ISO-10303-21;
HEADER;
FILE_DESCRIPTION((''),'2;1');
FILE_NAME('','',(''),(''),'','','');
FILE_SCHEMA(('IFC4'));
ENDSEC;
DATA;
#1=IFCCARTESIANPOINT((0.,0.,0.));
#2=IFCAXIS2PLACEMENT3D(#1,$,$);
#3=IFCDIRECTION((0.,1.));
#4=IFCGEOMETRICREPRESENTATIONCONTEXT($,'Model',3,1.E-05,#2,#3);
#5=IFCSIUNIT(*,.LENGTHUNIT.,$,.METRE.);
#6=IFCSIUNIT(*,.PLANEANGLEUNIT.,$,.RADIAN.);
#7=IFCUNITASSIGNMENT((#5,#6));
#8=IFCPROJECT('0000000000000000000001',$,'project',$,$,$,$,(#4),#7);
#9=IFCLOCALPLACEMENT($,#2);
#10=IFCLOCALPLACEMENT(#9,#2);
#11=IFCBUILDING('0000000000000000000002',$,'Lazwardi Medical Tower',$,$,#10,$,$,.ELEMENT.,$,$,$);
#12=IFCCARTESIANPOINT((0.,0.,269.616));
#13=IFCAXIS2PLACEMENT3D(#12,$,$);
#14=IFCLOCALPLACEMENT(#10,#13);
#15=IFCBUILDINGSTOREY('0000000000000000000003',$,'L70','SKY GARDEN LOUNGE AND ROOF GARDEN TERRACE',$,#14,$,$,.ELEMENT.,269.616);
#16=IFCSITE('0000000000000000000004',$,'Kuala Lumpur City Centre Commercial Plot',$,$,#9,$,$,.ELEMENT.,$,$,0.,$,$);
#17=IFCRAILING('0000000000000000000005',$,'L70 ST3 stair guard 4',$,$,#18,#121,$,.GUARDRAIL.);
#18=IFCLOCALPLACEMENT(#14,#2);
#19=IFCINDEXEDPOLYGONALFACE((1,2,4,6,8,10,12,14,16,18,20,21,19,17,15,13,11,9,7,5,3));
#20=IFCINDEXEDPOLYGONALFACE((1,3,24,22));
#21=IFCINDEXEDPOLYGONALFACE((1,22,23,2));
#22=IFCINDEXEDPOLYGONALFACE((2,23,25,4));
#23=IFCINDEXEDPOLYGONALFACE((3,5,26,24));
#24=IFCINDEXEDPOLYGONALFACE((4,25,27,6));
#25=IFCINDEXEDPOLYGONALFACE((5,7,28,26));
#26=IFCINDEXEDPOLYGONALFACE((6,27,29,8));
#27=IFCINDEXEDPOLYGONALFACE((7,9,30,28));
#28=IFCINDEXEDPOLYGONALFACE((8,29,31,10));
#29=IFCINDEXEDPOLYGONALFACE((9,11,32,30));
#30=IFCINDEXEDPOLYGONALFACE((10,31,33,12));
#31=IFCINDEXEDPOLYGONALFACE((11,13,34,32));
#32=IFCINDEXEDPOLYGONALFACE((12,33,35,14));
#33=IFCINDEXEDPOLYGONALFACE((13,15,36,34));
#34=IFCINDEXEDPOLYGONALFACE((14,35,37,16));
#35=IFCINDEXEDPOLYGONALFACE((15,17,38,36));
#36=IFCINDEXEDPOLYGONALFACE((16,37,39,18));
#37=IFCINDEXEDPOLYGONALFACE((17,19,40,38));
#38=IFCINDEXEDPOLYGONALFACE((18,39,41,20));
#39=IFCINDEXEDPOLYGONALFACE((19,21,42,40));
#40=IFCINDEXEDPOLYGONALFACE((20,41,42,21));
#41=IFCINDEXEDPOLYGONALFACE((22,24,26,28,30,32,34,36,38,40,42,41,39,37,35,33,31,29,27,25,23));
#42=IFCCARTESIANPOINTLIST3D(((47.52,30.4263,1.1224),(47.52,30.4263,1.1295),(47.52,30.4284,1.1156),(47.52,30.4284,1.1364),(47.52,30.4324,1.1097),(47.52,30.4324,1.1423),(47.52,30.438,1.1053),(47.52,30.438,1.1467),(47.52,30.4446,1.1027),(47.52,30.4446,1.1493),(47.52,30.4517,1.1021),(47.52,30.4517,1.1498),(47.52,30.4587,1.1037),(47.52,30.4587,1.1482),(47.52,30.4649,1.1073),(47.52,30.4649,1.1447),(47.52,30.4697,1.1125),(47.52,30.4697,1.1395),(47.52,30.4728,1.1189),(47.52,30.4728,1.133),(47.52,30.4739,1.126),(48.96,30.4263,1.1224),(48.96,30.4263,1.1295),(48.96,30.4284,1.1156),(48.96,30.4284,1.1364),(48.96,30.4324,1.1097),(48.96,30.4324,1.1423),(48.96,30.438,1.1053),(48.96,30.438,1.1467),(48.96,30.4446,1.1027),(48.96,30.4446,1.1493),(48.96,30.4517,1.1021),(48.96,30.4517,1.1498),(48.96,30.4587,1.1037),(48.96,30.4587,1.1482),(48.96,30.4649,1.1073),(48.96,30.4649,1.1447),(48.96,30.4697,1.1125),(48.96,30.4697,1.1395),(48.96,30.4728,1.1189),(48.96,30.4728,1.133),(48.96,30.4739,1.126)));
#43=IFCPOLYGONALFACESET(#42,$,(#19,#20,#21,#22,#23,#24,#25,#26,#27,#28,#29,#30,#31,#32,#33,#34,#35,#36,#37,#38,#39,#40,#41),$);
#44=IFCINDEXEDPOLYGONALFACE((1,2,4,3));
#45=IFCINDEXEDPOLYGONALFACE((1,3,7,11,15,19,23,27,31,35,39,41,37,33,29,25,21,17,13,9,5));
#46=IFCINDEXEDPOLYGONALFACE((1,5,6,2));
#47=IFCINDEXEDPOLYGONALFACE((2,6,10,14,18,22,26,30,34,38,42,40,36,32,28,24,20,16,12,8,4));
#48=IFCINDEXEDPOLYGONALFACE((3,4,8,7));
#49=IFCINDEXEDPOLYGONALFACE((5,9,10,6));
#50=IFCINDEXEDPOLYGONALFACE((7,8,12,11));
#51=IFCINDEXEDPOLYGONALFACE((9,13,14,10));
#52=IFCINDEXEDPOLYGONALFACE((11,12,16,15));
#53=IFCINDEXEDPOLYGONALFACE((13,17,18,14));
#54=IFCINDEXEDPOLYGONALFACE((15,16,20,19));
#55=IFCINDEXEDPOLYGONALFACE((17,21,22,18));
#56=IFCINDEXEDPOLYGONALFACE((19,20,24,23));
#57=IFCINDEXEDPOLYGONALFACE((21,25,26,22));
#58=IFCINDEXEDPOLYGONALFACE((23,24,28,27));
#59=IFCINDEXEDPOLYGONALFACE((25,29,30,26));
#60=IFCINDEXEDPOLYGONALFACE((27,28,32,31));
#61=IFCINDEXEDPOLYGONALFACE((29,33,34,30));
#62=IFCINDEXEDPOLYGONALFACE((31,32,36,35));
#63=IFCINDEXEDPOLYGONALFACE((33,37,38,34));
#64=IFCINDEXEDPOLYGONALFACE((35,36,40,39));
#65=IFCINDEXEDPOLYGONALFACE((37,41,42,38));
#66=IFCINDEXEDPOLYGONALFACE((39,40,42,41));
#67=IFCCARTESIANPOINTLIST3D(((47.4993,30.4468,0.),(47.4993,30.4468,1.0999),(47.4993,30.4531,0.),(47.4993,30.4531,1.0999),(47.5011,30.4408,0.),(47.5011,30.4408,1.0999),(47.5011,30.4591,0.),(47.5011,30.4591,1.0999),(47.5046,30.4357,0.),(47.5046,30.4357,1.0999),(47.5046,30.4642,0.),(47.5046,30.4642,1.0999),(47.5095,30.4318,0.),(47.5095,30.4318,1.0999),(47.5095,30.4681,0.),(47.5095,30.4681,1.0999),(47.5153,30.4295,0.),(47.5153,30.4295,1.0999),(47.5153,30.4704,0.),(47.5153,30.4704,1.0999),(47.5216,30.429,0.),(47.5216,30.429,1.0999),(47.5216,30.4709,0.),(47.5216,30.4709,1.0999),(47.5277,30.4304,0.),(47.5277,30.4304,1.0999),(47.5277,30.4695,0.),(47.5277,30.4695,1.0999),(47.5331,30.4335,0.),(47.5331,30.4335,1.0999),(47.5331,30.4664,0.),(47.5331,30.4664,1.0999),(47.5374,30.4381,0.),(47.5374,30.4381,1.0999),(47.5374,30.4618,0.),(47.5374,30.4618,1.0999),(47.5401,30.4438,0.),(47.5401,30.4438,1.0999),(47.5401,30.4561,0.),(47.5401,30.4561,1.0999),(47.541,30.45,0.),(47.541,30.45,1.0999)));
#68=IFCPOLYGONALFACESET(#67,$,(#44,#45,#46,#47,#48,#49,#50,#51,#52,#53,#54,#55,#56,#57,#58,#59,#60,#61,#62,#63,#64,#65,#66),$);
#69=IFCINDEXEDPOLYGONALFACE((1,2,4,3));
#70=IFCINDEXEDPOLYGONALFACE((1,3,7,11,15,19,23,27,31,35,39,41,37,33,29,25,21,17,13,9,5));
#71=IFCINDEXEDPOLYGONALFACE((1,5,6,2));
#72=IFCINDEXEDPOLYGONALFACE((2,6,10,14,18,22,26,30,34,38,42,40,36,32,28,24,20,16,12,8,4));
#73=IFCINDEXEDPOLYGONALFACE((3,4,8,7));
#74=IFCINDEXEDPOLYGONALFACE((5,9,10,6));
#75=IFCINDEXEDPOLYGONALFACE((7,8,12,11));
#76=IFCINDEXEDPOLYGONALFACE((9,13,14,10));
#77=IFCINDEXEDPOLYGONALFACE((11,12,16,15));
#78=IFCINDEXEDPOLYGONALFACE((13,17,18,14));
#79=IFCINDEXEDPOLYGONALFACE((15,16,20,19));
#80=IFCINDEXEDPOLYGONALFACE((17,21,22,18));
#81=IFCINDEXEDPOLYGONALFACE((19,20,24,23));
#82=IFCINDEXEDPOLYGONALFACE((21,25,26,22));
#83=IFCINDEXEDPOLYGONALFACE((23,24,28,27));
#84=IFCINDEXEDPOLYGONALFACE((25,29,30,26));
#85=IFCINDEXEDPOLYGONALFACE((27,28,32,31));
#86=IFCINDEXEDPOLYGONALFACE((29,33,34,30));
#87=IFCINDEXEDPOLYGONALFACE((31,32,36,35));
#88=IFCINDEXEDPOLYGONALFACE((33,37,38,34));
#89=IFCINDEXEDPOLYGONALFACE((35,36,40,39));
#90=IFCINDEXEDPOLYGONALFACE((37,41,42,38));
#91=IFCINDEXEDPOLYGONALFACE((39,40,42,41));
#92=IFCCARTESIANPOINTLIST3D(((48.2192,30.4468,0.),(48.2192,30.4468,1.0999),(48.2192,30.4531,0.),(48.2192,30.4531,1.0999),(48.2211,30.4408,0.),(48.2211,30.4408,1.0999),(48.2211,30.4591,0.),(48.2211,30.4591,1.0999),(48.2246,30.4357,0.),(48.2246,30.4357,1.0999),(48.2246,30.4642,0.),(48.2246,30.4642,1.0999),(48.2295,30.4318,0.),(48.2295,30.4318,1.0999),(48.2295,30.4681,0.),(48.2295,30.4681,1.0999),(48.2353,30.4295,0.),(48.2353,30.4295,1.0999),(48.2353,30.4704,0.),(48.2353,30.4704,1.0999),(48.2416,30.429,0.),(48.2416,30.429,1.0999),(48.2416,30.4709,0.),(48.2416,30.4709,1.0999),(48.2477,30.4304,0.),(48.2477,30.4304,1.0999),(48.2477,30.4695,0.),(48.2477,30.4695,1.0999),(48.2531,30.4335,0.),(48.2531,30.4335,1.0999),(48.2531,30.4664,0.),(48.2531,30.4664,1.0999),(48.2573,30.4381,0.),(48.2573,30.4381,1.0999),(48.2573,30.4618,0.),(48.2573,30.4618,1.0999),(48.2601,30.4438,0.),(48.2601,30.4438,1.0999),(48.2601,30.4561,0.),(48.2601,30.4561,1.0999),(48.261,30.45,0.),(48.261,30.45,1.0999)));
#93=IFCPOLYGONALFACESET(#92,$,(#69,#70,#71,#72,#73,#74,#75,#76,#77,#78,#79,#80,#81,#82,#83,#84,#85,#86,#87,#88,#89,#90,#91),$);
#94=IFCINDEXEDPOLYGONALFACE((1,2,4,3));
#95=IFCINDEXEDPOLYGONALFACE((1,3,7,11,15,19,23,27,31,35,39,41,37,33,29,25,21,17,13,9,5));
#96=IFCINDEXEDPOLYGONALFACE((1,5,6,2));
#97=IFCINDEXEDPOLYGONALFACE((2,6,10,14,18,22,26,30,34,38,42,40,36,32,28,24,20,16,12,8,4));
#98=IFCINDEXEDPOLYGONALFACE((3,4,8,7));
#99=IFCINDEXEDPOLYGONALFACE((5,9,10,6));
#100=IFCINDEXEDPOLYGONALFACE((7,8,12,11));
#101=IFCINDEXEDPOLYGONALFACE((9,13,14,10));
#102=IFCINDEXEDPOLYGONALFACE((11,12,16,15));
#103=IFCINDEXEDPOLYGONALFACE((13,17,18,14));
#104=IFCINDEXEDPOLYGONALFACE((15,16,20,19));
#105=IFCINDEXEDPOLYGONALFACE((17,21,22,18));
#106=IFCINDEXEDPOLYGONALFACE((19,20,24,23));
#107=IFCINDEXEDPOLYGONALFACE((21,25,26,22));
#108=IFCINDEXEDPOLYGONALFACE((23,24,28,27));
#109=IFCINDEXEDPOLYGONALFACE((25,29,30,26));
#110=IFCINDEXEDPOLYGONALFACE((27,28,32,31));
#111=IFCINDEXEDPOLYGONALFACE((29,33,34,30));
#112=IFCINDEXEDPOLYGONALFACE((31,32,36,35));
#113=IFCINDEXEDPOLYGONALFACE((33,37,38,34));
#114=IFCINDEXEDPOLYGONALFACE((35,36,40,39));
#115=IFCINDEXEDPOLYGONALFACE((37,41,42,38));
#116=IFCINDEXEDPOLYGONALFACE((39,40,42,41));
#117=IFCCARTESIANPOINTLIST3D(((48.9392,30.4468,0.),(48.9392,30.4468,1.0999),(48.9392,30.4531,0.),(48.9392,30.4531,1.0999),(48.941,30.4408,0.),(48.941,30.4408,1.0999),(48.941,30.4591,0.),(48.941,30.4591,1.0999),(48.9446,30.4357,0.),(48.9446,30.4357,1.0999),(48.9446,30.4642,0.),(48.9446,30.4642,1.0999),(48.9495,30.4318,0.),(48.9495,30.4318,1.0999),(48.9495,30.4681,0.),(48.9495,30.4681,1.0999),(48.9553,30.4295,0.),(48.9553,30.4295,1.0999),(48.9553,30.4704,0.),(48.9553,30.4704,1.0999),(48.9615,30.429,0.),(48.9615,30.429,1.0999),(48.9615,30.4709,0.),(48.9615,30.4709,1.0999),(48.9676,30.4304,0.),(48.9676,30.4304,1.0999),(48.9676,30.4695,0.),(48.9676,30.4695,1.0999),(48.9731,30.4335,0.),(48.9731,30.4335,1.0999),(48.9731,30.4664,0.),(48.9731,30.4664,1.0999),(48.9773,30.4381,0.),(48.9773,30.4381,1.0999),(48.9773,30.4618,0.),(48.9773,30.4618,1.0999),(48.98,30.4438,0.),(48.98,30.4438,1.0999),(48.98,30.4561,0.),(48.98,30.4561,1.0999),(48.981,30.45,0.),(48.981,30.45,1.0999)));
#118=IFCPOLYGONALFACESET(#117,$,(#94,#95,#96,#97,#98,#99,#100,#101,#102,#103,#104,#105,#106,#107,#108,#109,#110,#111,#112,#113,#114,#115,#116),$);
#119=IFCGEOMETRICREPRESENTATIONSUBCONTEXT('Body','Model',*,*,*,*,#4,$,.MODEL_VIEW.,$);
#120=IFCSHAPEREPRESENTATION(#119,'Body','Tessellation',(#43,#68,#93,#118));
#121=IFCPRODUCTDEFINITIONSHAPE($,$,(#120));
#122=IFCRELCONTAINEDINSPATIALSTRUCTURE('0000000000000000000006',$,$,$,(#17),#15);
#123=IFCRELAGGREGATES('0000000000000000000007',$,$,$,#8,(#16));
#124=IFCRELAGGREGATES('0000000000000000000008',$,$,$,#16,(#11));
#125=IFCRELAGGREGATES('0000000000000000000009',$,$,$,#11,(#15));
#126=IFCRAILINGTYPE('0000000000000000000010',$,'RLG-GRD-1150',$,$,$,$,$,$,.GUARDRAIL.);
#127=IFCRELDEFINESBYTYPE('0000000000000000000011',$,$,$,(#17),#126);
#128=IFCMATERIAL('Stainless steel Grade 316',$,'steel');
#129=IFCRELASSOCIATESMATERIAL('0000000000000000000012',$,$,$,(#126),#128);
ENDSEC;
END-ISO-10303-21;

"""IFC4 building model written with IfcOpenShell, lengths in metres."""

from ifc_helpers import new_model, si_unit, direction, frame, origin, origin_2d, place, context, subcontext, project, spatial, circle, extrude, material, type_object, element, save


model = new_model("IFC4")

# Units and contexts
model_context = context("Model", 3, precision=1e-05, world=origin(), true_north=direction((0.0, 1.0)))
body_context = subcontext(model_context, "Body", "Model", "MODEL_VIEW")
ifc_project = project(units=[si_unit("LENGTHUNIT", "METRE"), si_unit("PLANEANGLEUNIT", "RADIAN")], contexts=[model_context])

# Site, building, storey
site_placement = place(None, origin())
site = spatial("IfcSite", under=ifc_project, at=site_placement, Name="Kuala Lumpur City Centre Commercial Plot", CompositionType="ELEMENT", RefElevation=0.0)
building_placement = place(site_placement, origin())
building = spatial("IfcBuilding", under=site, at=building_placement, Name="Lazwardi Medical Tower", CompositionType="ELEMENT")
storey_placement = place(building_placement, frame((0.0, 0.0, 269.616)))
storey = spatial("IfcBuildingStorey", under=building, at=storey_placement, Name="L70", Description="SKY GARDEN LOUNGE AND ROOF GARDEN TERRACE", CompositionType="ELEMENT", Elevation=269.616)

# Railing
ifc_material_1 = material(Name="Stainless steel Grade 316", Category="steel")
railing_type = type_object("IfcRailingType", Name="RLG-GRD-1150", PredefinedType="GUARDRAIL", material=ifc_material_1)
railing_1_placement = place(storey_placement, frame((47.52, 30.45, 0.0)))
element("IfcRailing", 1, at=railing_1_placement, inside=storey, type_object=railing_type, Name="L70 ST3 stair guard 4", PredefinedType="GUARDRAIL", context=body_context, shape_type="SweptSolid", body=[
    extrude(circle(Radius=0.0239, at=origin_2d()), frame((0.0, 0.0, 1.126), z_axis=(1.0, 0.0, 0.0), x_axis=(0.0, 1.0, 0.0)), (0.0, 0.0, 1.0), 1.4399),
    extrude(circle(Radius=0.021, at=origin_2d()), origin(), (0.0, 0.0, 1.0), 1.0999),
    extrude(circle(Radius=0.021, at=origin_2d()), frame((0.72, 0.0, 0.0)), (0.0, 0.0, 1.0), 1.0999),
    extrude(circle(Radius=0.021, at=origin_2d()), frame((1.4399, 0.0, 0.0)), (0.0, 0.0, 1.0), 1.0999),
])

save(model, "model.ifc")
